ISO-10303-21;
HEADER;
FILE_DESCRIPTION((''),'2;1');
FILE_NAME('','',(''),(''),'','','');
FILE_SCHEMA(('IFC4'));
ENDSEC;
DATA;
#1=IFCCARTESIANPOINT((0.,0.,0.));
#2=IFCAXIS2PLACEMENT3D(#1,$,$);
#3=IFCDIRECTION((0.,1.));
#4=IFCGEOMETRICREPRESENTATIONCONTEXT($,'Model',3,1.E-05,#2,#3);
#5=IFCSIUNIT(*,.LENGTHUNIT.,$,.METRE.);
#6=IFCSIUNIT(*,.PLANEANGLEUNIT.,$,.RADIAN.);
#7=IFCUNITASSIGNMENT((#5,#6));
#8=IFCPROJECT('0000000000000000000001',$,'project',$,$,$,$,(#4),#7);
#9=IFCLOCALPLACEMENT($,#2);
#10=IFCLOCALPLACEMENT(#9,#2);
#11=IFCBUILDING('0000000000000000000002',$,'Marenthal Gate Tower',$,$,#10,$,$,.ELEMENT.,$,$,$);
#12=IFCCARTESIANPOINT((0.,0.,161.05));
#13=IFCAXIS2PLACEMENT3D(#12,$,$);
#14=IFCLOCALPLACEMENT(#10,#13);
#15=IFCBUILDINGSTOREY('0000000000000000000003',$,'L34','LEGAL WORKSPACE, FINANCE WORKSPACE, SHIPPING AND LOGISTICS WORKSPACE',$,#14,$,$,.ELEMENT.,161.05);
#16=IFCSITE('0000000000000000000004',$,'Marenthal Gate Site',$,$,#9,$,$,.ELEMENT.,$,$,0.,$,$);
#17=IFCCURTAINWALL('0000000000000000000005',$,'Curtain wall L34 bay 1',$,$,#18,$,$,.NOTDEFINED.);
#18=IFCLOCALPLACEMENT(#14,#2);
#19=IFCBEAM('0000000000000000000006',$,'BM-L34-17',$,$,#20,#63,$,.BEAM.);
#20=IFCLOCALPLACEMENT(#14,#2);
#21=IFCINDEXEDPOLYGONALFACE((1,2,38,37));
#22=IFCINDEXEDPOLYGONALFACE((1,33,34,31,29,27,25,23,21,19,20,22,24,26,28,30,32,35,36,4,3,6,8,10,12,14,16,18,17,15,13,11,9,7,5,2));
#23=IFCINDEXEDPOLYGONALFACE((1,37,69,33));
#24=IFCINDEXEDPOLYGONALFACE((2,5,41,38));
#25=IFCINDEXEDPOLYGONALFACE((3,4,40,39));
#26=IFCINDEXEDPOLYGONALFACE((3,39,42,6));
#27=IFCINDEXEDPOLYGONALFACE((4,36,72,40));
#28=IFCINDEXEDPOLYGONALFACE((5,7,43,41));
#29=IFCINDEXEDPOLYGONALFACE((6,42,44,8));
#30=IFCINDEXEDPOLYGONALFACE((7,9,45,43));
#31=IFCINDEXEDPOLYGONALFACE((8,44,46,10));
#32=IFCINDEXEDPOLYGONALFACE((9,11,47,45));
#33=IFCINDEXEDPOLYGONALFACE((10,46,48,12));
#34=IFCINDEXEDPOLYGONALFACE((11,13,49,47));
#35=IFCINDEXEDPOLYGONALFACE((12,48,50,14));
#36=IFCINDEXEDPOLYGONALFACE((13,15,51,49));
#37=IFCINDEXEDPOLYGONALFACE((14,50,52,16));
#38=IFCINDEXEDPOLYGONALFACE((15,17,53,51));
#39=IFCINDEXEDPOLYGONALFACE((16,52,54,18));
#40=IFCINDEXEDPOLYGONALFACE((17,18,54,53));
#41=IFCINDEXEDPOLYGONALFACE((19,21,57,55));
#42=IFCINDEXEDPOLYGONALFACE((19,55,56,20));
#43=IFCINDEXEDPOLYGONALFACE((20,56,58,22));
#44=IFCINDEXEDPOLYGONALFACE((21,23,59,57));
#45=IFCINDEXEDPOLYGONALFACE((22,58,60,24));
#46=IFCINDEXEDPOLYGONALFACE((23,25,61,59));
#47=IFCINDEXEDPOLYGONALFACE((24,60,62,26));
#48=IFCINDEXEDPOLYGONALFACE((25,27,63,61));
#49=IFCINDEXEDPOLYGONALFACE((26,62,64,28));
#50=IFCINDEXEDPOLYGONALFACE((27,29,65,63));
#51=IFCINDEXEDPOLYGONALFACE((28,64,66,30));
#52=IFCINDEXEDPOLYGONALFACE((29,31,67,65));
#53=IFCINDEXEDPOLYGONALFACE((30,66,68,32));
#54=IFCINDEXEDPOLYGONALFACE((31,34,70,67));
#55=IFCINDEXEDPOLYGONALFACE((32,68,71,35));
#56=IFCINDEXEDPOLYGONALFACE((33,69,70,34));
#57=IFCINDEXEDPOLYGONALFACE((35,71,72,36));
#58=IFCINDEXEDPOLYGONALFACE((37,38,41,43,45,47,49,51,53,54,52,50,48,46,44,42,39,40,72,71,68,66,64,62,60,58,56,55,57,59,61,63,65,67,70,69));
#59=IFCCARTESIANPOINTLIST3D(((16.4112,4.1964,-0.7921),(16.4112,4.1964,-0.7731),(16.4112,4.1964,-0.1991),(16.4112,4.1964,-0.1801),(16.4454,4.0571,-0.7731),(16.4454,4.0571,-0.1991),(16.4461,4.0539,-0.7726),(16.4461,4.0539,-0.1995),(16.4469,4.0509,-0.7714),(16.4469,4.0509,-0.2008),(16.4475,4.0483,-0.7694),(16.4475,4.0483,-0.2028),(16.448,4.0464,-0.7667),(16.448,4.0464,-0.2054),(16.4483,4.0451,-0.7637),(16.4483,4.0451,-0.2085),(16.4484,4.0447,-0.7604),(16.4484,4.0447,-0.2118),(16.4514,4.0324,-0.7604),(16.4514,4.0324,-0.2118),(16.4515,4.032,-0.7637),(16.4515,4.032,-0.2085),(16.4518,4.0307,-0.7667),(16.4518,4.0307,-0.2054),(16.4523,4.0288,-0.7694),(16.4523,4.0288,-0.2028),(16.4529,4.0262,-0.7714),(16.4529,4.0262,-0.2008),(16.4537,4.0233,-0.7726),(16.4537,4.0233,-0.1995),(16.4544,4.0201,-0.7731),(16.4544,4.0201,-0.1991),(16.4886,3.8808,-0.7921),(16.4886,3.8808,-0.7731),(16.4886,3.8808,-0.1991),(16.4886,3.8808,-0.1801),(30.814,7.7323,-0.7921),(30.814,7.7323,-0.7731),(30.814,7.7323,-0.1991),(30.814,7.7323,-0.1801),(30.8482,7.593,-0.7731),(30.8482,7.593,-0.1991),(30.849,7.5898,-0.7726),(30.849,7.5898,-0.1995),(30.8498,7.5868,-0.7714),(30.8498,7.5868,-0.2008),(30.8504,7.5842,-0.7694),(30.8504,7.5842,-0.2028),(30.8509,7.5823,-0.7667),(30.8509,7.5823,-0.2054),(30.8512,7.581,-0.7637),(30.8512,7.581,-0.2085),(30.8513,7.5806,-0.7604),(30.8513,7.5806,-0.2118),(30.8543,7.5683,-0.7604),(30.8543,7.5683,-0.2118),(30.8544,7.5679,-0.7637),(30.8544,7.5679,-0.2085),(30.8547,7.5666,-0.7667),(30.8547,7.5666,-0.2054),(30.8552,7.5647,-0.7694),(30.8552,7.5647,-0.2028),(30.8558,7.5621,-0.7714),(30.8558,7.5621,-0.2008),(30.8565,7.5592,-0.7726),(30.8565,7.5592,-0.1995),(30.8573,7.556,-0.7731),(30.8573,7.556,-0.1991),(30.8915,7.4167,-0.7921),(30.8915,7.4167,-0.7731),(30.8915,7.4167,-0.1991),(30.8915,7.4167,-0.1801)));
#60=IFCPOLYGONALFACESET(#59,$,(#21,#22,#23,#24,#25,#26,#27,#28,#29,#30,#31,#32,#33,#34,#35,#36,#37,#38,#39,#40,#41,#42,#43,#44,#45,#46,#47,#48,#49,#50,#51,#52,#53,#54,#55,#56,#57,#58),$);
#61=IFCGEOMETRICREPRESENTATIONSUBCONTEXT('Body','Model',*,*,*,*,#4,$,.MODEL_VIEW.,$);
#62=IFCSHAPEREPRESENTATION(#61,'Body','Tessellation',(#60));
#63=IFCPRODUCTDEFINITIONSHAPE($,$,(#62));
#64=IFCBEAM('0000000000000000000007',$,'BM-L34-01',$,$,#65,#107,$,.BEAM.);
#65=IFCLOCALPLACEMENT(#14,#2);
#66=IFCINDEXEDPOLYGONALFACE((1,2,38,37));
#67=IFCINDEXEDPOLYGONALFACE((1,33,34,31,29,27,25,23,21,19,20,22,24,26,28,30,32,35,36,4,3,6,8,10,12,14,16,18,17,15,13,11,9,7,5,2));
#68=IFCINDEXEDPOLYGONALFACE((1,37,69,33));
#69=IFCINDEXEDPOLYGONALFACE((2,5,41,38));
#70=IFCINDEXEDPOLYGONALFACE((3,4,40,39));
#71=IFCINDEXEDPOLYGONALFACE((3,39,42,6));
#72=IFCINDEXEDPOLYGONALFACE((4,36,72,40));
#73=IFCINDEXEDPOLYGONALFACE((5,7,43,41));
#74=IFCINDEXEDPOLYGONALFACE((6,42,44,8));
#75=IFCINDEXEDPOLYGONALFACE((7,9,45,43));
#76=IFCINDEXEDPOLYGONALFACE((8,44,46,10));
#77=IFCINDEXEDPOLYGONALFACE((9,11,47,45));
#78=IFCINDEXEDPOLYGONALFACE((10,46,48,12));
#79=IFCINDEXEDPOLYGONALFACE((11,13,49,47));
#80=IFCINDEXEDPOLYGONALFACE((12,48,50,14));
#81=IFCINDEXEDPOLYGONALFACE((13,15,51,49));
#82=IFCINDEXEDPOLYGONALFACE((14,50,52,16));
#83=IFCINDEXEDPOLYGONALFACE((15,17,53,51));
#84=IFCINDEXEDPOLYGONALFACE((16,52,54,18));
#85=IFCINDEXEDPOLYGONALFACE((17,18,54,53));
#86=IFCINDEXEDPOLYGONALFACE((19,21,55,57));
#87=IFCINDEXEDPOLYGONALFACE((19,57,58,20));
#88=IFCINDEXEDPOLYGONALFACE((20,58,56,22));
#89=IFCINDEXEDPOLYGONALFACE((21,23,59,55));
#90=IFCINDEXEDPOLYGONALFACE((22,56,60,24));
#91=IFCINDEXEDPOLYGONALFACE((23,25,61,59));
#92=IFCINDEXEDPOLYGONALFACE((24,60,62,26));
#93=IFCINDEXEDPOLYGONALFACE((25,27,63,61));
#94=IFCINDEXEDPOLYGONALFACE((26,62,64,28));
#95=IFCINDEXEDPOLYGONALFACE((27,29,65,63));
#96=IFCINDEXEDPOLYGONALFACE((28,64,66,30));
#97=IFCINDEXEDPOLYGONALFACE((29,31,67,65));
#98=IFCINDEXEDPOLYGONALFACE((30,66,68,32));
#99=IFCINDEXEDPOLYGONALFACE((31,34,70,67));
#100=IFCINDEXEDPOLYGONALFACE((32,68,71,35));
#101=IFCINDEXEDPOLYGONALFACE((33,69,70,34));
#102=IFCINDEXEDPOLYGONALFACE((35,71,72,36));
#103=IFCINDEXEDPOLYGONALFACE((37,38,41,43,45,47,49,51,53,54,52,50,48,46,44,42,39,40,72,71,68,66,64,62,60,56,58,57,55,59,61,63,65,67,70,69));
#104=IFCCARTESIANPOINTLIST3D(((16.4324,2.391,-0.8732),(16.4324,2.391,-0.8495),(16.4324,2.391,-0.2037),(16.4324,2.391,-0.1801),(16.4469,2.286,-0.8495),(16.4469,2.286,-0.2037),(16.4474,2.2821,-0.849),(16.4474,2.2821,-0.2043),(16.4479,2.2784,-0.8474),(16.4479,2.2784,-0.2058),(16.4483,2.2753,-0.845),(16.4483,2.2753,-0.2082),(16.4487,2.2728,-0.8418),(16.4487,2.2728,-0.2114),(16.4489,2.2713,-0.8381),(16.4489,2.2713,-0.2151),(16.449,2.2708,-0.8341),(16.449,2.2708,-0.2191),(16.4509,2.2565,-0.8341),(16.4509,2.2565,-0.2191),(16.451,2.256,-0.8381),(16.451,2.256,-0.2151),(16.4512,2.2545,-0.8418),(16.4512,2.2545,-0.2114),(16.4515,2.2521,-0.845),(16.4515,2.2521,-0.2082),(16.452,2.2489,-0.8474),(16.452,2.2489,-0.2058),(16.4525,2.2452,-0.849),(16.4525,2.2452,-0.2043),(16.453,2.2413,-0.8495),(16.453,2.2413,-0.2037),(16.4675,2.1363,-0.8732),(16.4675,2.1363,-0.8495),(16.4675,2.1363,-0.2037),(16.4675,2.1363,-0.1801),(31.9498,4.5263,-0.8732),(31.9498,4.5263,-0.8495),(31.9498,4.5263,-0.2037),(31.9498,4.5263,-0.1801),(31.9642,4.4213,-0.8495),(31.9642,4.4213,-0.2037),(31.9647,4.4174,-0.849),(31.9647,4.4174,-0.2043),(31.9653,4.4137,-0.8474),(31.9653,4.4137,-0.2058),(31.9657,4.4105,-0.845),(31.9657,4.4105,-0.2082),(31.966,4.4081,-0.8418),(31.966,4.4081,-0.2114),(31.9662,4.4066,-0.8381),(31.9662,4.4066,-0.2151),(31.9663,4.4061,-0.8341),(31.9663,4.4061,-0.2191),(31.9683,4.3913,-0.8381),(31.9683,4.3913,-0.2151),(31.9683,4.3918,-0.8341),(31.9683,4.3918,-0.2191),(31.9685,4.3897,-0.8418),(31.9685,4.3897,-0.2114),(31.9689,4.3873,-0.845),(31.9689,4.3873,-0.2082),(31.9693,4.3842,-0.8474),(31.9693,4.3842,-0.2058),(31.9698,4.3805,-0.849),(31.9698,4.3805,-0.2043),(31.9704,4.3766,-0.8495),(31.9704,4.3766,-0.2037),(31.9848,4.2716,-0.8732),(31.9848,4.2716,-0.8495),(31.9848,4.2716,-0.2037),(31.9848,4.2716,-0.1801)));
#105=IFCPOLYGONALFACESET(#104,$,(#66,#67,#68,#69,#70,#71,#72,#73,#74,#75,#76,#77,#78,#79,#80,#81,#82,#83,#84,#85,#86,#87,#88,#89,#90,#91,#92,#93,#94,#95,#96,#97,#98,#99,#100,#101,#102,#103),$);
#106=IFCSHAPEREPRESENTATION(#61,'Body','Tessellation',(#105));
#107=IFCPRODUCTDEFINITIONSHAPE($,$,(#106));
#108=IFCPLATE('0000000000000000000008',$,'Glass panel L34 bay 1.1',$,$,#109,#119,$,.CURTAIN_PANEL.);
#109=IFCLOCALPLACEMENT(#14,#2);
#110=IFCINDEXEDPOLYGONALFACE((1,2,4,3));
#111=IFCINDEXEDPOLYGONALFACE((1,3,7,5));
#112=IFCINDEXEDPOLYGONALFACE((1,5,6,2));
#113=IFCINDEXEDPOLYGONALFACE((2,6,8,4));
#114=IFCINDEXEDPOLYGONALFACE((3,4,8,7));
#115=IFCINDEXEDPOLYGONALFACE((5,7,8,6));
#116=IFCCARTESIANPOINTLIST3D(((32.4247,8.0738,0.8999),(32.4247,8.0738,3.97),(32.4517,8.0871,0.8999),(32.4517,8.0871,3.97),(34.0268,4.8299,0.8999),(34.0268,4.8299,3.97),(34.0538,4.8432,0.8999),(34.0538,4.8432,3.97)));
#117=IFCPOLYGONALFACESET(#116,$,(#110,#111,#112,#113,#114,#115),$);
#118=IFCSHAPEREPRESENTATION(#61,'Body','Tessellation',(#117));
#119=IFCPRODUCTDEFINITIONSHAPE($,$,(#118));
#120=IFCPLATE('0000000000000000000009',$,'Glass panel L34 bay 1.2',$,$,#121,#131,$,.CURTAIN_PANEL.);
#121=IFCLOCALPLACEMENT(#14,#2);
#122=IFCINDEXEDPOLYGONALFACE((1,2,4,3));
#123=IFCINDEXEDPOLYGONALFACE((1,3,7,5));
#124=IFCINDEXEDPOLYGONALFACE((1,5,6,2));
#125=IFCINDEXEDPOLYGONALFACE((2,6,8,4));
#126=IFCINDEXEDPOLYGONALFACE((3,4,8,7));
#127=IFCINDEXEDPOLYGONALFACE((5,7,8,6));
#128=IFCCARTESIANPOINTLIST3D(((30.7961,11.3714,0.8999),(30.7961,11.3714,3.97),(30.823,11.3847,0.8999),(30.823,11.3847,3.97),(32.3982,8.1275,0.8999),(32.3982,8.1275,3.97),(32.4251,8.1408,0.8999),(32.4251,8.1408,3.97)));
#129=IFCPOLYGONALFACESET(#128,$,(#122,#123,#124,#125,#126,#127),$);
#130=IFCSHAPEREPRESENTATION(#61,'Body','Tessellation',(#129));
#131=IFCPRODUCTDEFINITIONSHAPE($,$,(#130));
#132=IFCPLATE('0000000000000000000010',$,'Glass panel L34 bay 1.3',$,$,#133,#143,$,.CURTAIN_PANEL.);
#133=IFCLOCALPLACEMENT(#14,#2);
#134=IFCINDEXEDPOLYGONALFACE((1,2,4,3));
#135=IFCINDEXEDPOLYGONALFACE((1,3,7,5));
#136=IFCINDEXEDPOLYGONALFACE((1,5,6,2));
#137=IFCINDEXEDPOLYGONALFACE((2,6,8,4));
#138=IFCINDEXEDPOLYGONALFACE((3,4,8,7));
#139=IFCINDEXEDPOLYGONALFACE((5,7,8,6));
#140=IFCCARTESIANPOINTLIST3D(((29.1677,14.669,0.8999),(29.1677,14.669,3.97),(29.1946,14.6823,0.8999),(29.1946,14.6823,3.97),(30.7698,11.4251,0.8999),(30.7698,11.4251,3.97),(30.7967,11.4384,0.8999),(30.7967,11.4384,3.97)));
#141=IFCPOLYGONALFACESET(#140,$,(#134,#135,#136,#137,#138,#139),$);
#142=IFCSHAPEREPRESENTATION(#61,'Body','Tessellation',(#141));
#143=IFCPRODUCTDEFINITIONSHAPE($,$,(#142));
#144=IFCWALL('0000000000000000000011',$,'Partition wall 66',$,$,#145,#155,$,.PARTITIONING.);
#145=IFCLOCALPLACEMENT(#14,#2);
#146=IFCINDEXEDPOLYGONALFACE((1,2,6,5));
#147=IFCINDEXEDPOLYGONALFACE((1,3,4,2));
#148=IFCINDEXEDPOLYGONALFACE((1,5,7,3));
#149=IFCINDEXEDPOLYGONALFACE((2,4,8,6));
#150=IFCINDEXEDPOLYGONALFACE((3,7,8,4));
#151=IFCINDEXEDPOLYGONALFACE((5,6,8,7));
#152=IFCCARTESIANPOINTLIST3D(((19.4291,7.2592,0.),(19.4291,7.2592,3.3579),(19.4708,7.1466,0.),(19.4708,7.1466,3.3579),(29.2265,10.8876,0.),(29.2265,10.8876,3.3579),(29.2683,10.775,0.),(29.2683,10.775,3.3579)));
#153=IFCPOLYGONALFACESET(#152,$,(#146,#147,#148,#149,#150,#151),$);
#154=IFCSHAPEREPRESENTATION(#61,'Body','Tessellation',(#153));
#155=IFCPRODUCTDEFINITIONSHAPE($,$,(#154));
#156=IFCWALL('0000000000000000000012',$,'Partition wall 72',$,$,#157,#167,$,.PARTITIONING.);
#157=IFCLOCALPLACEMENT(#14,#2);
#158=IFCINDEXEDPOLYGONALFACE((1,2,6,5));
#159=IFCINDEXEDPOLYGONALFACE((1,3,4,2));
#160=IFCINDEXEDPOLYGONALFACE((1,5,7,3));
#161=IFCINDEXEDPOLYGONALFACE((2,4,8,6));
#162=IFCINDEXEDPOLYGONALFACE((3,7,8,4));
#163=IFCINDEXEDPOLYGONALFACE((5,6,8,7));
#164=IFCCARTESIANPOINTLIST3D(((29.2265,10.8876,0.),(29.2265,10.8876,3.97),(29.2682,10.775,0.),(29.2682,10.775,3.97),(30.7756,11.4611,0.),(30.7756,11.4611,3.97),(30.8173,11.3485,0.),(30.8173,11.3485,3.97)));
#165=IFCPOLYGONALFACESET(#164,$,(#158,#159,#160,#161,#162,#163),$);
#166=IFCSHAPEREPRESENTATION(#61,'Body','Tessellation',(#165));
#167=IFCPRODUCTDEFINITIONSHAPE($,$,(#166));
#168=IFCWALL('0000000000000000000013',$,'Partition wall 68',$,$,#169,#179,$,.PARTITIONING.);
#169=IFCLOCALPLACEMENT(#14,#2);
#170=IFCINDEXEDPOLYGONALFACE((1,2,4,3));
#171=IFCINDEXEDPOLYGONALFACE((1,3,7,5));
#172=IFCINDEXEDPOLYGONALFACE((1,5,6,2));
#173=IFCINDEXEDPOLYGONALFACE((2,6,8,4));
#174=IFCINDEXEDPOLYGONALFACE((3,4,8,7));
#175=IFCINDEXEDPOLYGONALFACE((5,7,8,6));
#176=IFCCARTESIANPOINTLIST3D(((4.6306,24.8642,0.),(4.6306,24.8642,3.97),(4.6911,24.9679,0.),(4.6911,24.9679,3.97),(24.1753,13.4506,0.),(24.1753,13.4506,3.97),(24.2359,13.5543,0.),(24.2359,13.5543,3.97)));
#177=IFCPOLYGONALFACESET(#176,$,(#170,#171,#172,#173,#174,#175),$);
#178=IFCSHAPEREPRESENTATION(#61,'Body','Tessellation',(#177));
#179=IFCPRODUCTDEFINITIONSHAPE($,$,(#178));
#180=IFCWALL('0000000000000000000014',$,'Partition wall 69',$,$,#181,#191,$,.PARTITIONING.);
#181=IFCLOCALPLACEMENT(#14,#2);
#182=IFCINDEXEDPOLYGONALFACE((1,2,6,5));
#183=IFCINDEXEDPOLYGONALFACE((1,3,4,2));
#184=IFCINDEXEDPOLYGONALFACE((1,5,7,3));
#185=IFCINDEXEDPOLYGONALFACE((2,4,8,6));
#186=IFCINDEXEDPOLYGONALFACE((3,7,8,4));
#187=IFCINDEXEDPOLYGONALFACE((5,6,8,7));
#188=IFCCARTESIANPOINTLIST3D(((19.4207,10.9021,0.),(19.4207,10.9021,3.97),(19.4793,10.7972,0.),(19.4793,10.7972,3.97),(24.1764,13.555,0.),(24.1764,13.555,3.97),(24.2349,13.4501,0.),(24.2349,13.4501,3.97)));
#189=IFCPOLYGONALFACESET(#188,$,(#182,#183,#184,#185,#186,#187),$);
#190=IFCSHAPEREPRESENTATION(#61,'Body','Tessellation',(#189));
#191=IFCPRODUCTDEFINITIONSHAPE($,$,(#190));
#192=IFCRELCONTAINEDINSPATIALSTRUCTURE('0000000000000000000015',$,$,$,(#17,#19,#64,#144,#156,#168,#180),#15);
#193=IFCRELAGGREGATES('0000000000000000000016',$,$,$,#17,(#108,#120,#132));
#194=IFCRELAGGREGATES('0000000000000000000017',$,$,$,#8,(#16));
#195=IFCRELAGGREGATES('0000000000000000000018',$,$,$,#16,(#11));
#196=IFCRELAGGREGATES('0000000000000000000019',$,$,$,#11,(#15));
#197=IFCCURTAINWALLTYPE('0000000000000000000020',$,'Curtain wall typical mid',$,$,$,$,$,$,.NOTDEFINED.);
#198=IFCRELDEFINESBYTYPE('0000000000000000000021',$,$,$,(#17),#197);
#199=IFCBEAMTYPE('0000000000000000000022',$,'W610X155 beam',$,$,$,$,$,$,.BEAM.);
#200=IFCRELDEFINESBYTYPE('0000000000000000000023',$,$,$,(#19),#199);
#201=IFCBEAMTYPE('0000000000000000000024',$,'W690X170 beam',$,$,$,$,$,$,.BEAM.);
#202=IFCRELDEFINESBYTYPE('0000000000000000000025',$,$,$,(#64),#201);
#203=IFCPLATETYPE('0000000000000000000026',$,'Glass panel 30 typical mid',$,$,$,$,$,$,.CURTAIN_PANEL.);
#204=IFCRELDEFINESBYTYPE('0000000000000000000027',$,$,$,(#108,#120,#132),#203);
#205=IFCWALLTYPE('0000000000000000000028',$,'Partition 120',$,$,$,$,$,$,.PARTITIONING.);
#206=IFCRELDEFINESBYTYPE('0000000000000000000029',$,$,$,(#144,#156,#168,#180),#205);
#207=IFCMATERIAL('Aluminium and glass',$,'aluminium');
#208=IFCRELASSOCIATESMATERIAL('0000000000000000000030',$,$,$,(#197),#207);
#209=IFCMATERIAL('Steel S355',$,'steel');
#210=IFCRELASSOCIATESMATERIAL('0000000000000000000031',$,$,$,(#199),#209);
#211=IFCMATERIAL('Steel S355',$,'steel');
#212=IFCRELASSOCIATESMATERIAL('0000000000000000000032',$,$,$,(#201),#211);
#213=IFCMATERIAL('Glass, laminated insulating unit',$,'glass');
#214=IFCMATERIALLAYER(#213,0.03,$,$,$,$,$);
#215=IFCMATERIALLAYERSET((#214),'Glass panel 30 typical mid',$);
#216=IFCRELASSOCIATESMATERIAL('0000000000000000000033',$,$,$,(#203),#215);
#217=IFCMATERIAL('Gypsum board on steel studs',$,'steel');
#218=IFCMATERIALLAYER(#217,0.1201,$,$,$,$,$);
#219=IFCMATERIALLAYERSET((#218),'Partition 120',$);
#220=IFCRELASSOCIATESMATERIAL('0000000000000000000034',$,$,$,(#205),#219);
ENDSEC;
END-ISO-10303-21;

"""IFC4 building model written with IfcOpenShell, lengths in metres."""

from ifc_helpers import new_model, si_unit, direction, frame, frame_2d, origin, origin_2d, place, context, subcontext, project, spatial, rectangle, i_section, extrude, material, layer, layer_set, material_profile, profile_set, type_object, element, aggregate, save


model = new_model("IFC4")

# Units and contexts
model_context = context("Model", 3, precision=1e-05, world=origin(), true_north=direction((0.0, 1.0)))
body_context = subcontext(model_context, "Body", "Model", "MODEL_VIEW")
ifc_project = project(units=[si_unit("LENGTHUNIT", "METRE"), si_unit("PLANEANGLEUNIT", "RADIAN")], contexts=[model_context])

# Site, building, storey
site_placement = place(None, origin())
site = spatial("IfcSite", under=ifc_project, at=site_placement, Name="Marenthal Gate Site", CompositionType="ELEMENT", RefElevation=0.0)
building_placement = place(site_placement, origin())
building = spatial("IfcBuilding", under=site, at=building_placement, Name="Marenthal Gate Tower", CompositionType="ELEMENT")
storey_placement = place(building_placement, frame((0.0, 0.0, 161.05)))
storey = spatial("IfcBuildingStorey", under=building, at=storey_placement, Name="L34", Description="LEGAL WORKSPACE, FINANCE WORKSPACE, SHIPPING AND LOGISTICS WORKSPACE", CompositionType="ELEMENT", Elevation=161.05)

# Curtain wall
ifc_material_1 = material(Name="Aluminium and glass", Category="aluminium")
curtain_wall_type = type_object("IfcCurtainWallType", Name="Curtain wall typical mid", PredefinedType="NOTDEFINED", material=ifc_material_1)
curtain_wall_placement = place(storey_placement, origin())
curtain_wall = element("IfcCurtainWall", 1, at=curtain_wall_placement, inside=storey, type_object=curtain_wall_type, Name="Curtain wall L34 bay 1", PredefinedType="NOTDEFINED")

# Beams
ifc_material_2 = material(Name="Steel S355", Category="steel")
ifc_material_profile_1 = material_profile(ifc_material_2, i_section(OverallWidth=0.325, OverallDepth=0.6121, WebThickness=0.0127, FlangeThickness=0.019, FilletRadius=0.0127, at=origin_2d()), Name="W610X155")
ifc_profile_set_1 = profile_set([ifc_material_profile_1], Name="Steel S355")
beam_type_1 = type_object("IfcBeamType", Name="W610X155 beam", PredefinedType="BEAM", material=ifc_profile_set_1)
beam_1_placement = place(storey_placement, frame((30.8528, 7.5745, -0.4861), z_axis=(-0.971162, -0.23842, 0.0), x_axis=(0.23842, -0.971162, 0.0)))
element("IfcBeam", 2, at=beam_1_placement, inside=storey, type_object=beam_type_1, Name="BM-L34-17", PredefinedType="BEAM", context=body_context, shape_type="SweptSolid", body=[
    extrude(i_section(OverallWidth=0.325, OverallDepth=0.6121, WebThickness=0.0127, FlangeThickness=0.019, FilletRadius=0.0127, at=origin_2d()), origin(), (0.0, 0.0, 1.0), 14.8306),
])
ifc_material_3 = material(Name="Steel S355", Category="steel")
ifc_material_profile_2 = material_profile(ifc_material_3, i_section(OverallWidth=0.2571, OverallDepth=0.6931, WebThickness=0.0144, FlangeThickness=0.0237, FilletRadius=0.0154, at=origin_2d()), Name="W690X170")
ifc_profile_set_2 = profile_set([ifc_material_profile_2], Name="Steel S355")
beam_type_2 = type_object("IfcBeamType", Name="W690X170 beam", PredefinedType="BEAM", material=ifc_profile_set_2)
beam_2_placement = place(storey_placement, frame((31.9673, 4.3989, -0.5266), z_axis=(-0.990665, -0.13632, 0.0), x_axis=(0.13632, -0.990665, 0.0)))
element("IfcBeam", 3, at=beam_2_placement, inside=storey, type_object=beam_type_2, Name="BM-L34-01", PredefinedType="BEAM", context=body_context, shape_type="SweptSolid", body=[
    extrude(i_section(OverallWidth=0.2571, OverallDepth=0.6931, WebThickness=0.0144, FlangeThickness=0.0237, FilletRadius=0.0154, at=origin_2d()), origin(), (0.0, 0.0, 1.0), 15.6636),
])

# Plates
ifc_material_4 = material(Name="Glass, laminated insulating unit", Category="glass")
ifc_layer_1 = layer(ifc_material_4, 0.03)
ifc_layer_set_1 = layer_set([ifc_layer_1], Name="Glass panel 30 typical mid")
plate_type = type_object("IfcPlateType", Name="Glass panel 30 typical mid", PredefinedType="CURTAIN_PANEL", material=ifc_layer_set_1)
plate_1_placement = place(storey_placement, frame((33.2393, 6.4585, 0.8999), z_axis=(0.0, 0.0, 1.0), x_axis=(-0.442824, 0.896609, 0.0)))
plate_1 = element("IfcPlate", 4, at=plate_1_placement, type_object=plate_type, Name="Glass panel L34 bay 1.1", PredefinedType="CURTAIN_PANEL", context=body_context, shape_type="SweptSolid", body=[
    extrude(rectangle(XDim=3.6179, YDim=0.03, at=origin_2d()), origin(), (0.0, 0.0, 1.0), 3.0701),
])
plate_2_placement = place(storey_placement, frame((31.6106, 9.7561, 0.8999), z_axis=(0.0, 0.0, 1.0), x_axis=(-0.442824, 0.896609, 0.0)))
plate_2 = element("IfcPlate", 5, at=plate_2_placement, type_object=plate_type, Name="Glass panel L34 bay 1.2", PredefinedType="CURTAIN_PANEL", context=body_context, shape_type="SweptSolid", body=[
    extrude(rectangle(XDim=3.6179, YDim=0.03, at=origin_2d()), origin(), (0.0, 0.0, 1.0), 3.0701),
])
plate_3_placement = place(storey_placement, frame((29.9822, 13.0537, 0.8999), z_axis=(0.0, 0.0, 1.0), x_axis=(-0.442824, 0.896609, 0.0)))
plate_3 = element("IfcPlate", 6, at=plate_3_placement, type_object=plate_type, Name="Glass panel L34 bay 1.3", PredefinedType="CURTAIN_PANEL", context=body_context, shape_type="SweptSolid", body=[
    extrude(rectangle(XDim=3.6179, YDim=0.03, at=origin_2d()), origin(), (0.0, 0.0, 1.0), 3.0701),
])
aggregate(curtain_wall, [plate_1, plate_2, plate_3])

# Walls
ifc_material_5 = material(Name="Gypsum board on steel studs", Category="steel")
ifc_layer_2 = layer(ifc_material_5, 0.1201)
ifc_layer_set_2 = layer_set([ifc_layer_2], Name="Partition 120")
wall_type = type_object("IfcWallType", Name="Partition 120", PredefinedType="PARTITIONING", material=ifc_layer_set_2)
wall_1_placement = place(storey_placement, frame((19.45, 7.2029, 0.0), z_axis=(0.0, 0.0, 1.0), x_axis=(0.937756, 0.347295, 0.0)))
element("IfcWall", 7, at=wall_1_placement, inside=storey, type_object=wall_type, Name="Partition wall 66", PredefinedType="PARTITIONING", context=body_context, shape_type="SweptSolid", body=[
    extrude(rectangle(XDim=10.4478, YDim=0.1201, at=frame_2d((5.2239, 0.0))), origin(), (0.0, 0.0, 1.0), 3.3579),
])
wall_2_placement = place(storey_placement, frame((29.2473, 10.8313, 0.0), z_axis=(0.0, 0.0, 1.0), x_axis=(0.937797, 0.347184, 0.0)))
element("IfcWall", 8, at=wall_2_placement, inside=storey, type_object=wall_type, Name="Partition wall 72", PredefinedType="PARTITIONING", context=body_context, shape_type="SweptSolid", body=[
    extrude(rectangle(XDim=1.6519, YDim=0.1201, at=frame_2d((0.8259, 0.0))), origin(), (0.0, 0.0, 1.0), 3.97),
])
wall_3_placement = place(storey_placement, frame((24.2056, 13.5024, 0.0), z_axis=(0.0, 0.0, 1.0), x_axis=(-0.863538, 0.504283, 0.0)))
element("IfcWall", 9, at=wall_3_placement, inside=storey, type_object=wall_type, Name="Partition wall 68", PredefinedType="PARTITIONING", context=body_context, shape_type="SweptSolid", body=[
    extrude(rectangle(XDim=22.6333, YDim=0.1201, at=frame_2d((11.3167, 0.0))), origin(), (0.0, 0.0, 1.0), 3.97),
])
wall_4_placement = place(storey_placement, frame((24.2056, 13.5024, 0.0), z_axis=(0.0, 0.0, 1.0), x_axis=(-0.873312, -0.487161, 0.0)))
element("IfcWall", 10, at=wall_4_placement, inside=storey, type_object=wall_type, Name="Partition wall 69", PredefinedType="PARTITIONING", context=body_context, shape_type="SweptSolid", body=[
    extrude(rectangle(XDim=5.4456, YDim=0.1201, at=frame_2d((2.7227, 0.0))), origin(), (0.0, 0.0, 1.0), 3.97),
])

save(model, "model.ifc")
